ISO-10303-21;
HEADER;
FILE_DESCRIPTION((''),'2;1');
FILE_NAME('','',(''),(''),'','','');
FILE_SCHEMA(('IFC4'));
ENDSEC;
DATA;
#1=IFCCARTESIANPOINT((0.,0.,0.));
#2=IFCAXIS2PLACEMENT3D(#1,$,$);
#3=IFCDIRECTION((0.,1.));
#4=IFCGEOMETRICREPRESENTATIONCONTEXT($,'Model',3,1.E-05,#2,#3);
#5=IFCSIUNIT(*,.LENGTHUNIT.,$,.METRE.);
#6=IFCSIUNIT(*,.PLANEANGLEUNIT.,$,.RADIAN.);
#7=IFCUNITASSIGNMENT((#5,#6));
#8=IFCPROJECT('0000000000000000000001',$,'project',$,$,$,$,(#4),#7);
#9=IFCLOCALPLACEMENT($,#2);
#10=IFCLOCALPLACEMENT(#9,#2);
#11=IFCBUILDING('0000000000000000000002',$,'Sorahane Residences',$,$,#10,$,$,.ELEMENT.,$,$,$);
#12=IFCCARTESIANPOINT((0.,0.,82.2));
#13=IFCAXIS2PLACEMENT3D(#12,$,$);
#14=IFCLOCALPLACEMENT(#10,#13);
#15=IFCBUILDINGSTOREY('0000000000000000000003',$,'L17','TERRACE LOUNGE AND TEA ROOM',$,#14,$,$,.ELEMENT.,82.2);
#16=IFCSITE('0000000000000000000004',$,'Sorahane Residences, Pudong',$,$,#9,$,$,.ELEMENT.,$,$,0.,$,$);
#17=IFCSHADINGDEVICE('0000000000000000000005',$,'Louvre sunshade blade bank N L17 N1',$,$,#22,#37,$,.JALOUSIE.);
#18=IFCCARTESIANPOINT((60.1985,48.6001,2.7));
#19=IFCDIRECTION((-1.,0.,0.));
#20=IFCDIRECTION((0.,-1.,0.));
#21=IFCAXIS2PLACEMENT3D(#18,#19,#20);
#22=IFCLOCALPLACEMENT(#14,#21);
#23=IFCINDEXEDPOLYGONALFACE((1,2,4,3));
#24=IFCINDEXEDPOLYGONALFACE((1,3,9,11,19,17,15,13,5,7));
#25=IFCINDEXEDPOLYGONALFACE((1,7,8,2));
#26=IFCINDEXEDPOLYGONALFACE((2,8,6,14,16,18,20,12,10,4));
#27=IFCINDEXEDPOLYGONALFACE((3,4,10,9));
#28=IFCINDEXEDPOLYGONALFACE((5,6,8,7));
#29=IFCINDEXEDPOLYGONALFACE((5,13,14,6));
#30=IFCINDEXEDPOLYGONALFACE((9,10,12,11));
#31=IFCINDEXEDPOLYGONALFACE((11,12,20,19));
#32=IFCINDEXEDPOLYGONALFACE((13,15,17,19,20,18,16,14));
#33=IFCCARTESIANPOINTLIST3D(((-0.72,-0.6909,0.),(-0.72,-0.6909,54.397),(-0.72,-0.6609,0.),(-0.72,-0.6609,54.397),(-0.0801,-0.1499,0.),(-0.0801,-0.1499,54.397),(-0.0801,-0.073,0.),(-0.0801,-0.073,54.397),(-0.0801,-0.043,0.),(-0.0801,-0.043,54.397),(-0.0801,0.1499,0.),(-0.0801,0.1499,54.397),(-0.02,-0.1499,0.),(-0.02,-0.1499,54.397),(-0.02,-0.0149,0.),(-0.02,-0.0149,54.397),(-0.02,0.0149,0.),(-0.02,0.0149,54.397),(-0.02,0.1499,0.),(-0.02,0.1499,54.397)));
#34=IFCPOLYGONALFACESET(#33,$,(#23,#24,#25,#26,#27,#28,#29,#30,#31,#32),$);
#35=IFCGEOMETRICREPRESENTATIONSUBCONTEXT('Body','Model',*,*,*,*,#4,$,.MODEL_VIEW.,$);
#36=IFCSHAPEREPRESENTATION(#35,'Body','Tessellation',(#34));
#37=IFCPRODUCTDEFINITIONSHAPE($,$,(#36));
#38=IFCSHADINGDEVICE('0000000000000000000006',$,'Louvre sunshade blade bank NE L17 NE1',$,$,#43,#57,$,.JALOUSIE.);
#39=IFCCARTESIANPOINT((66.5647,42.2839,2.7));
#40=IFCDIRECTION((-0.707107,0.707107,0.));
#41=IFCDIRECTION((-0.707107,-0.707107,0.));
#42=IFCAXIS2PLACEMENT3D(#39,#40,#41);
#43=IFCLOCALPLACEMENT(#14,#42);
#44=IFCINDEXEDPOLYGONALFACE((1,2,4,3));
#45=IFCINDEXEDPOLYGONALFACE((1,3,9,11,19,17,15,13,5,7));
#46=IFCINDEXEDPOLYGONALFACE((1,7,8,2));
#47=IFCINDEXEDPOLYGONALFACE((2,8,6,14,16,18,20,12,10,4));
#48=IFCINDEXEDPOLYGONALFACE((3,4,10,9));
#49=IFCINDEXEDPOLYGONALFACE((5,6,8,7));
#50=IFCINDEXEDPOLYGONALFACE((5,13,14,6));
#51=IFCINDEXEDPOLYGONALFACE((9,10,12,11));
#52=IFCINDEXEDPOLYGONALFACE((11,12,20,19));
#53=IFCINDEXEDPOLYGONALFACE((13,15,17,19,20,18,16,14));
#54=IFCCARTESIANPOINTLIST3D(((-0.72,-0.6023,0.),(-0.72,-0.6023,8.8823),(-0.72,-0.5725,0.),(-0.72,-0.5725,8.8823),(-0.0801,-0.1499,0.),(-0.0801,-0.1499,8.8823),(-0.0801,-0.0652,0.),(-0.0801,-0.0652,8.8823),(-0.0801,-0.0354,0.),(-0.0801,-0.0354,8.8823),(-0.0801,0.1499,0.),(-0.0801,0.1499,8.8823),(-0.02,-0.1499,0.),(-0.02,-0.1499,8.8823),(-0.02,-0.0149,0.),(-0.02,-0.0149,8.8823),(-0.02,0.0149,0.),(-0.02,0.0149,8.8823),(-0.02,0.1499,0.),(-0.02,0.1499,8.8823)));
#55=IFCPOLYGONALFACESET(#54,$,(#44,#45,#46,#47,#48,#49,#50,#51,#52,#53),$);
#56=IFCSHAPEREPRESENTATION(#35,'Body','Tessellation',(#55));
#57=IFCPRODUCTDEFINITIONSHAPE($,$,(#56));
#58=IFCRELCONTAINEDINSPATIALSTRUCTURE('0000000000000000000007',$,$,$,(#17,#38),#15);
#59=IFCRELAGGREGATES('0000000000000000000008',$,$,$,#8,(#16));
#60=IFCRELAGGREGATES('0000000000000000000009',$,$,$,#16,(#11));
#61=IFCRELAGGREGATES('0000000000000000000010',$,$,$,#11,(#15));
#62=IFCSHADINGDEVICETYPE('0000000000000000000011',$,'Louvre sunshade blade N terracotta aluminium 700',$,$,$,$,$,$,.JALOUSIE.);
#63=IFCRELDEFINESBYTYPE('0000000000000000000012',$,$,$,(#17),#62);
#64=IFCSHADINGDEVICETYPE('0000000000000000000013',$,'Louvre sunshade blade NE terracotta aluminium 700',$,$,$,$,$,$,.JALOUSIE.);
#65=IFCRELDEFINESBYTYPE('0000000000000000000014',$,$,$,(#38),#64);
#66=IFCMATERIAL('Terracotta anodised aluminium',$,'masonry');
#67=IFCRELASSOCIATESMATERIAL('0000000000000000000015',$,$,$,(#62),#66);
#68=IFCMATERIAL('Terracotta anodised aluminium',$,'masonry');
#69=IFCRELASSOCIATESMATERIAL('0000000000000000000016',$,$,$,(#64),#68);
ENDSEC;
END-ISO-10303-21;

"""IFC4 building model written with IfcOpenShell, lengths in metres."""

from ifc_helpers import new_model, si_unit, direction, frame, origin, place, context, subcontext, project, spatial, polyline, outline, extrude, material, type_object, element, save


model = new_model("IFC4")

# Units and contexts
model_context = context("Model", 3, precision=1e-05, world=origin(), true_north=direction((0.0, 1.0)))
body_context = subcontext(model_context, "Body", "Model", "MODEL_VIEW")
ifc_project = project(units=[si_unit("LENGTHUNIT", "METRE"), si_unit("PLANEANGLEUNIT", "RADIAN")], contexts=[model_context])

# Site, building, storey
site_placement = place(None, origin())
site = spatial("IfcSite", under=ifc_project, at=site_placement, Name="Sorahane Residences, Pudong", CompositionType="ELEMENT", RefElevation=0.0)
building_placement = place(site_placement, origin())
building = spatial("IfcBuilding", under=site, at=building_placement, Name="Sorahane Residences", CompositionType="ELEMENT")
storey_placement = place(building_placement, frame((0.0, 0.0, 82.2)))
storey = spatial("IfcBuildingStorey", under=building, at=storey_placement, Name="L17", Description="TERRACE LOUNGE AND TEA ROOM", CompositionType="ELEMENT", Elevation=82.2)

# Shading devices
ifc_material_1 = material(Name="Terracotta anodised aluminium", Category="masonry")
shading_device_type_1 = type_object("IfcShadingDeviceType", Name="Louvre sunshade blade N terracotta aluminium 700", PredefinedType="JALOUSIE", material=ifc_material_1)
shading_device_1_placement = place(storey_placement, frame((60.1985, 48.6001, 2.7), z_axis=(-1.0, 0.0, 0.0), x_axis=(0.0, -1.0, 0.0)))
element("IfcShadingDevice", 1, at=shading_device_1_placement, inside=storey, type_object=shading_device_type_1, Name="Louvre sunshade blade bank N L17 N1", PredefinedType="JALOUSIE", context=body_context, shape_type="SweptSolid", body=[
    extrude(outline(polyline([(-0.72, -0.6609), (-0.72, -0.6909), (-0.0801, -0.073), (-0.0801, -0.1499), (-0.02, -0.1499), (-0.02, -0.0149), (-0.02, 0.0149), (-0.02, 0.1499), (-0.0801, 0.1499), (-0.0801, -0.043), (-0.72, -0.6609)])), origin(), (0.0, 0.0, 1.0), 54.397),
])
ifc_material_2 = material(Name="Terracotta anodised aluminium", Category="masonry")
shading_device_type_2 = type_object("IfcShadingDeviceType", Name="Louvre sunshade blade NE terracotta aluminium 700", PredefinedType="JALOUSIE", material=ifc_material_2)
shading_device_2_placement = place(storey_placement, frame((66.5647, 42.2839, 2.7), z_axis=(-0.707107, 0.707107, 0.0), x_axis=(-0.707107, -0.707107, 0.0)))
element("IfcShadingDevice", 2, at=shading_device_2_placement, inside=storey, type_object=shading_device_type_2, Name="Louvre sunshade blade bank NE L17 NE1", PredefinedType="JALOUSIE", context=body_context, shape_type="SweptSolid", body=[
    extrude(outline(polyline([(-0.72, -0.5725), (-0.72, -0.6023), (-0.0801, -0.0652), (-0.0801, -0.1499), (-0.02, -0.1499), (-0.02, -0.0149), (-0.02, 0.0149), (-0.02, 0.1499), (-0.0801, 0.1499), (-0.0801, -0.0354), (-0.72, -0.5725)])), origin(), (0.0, 0.0, 1.0), 8.8823),
])

save(model, "model.ifc")
